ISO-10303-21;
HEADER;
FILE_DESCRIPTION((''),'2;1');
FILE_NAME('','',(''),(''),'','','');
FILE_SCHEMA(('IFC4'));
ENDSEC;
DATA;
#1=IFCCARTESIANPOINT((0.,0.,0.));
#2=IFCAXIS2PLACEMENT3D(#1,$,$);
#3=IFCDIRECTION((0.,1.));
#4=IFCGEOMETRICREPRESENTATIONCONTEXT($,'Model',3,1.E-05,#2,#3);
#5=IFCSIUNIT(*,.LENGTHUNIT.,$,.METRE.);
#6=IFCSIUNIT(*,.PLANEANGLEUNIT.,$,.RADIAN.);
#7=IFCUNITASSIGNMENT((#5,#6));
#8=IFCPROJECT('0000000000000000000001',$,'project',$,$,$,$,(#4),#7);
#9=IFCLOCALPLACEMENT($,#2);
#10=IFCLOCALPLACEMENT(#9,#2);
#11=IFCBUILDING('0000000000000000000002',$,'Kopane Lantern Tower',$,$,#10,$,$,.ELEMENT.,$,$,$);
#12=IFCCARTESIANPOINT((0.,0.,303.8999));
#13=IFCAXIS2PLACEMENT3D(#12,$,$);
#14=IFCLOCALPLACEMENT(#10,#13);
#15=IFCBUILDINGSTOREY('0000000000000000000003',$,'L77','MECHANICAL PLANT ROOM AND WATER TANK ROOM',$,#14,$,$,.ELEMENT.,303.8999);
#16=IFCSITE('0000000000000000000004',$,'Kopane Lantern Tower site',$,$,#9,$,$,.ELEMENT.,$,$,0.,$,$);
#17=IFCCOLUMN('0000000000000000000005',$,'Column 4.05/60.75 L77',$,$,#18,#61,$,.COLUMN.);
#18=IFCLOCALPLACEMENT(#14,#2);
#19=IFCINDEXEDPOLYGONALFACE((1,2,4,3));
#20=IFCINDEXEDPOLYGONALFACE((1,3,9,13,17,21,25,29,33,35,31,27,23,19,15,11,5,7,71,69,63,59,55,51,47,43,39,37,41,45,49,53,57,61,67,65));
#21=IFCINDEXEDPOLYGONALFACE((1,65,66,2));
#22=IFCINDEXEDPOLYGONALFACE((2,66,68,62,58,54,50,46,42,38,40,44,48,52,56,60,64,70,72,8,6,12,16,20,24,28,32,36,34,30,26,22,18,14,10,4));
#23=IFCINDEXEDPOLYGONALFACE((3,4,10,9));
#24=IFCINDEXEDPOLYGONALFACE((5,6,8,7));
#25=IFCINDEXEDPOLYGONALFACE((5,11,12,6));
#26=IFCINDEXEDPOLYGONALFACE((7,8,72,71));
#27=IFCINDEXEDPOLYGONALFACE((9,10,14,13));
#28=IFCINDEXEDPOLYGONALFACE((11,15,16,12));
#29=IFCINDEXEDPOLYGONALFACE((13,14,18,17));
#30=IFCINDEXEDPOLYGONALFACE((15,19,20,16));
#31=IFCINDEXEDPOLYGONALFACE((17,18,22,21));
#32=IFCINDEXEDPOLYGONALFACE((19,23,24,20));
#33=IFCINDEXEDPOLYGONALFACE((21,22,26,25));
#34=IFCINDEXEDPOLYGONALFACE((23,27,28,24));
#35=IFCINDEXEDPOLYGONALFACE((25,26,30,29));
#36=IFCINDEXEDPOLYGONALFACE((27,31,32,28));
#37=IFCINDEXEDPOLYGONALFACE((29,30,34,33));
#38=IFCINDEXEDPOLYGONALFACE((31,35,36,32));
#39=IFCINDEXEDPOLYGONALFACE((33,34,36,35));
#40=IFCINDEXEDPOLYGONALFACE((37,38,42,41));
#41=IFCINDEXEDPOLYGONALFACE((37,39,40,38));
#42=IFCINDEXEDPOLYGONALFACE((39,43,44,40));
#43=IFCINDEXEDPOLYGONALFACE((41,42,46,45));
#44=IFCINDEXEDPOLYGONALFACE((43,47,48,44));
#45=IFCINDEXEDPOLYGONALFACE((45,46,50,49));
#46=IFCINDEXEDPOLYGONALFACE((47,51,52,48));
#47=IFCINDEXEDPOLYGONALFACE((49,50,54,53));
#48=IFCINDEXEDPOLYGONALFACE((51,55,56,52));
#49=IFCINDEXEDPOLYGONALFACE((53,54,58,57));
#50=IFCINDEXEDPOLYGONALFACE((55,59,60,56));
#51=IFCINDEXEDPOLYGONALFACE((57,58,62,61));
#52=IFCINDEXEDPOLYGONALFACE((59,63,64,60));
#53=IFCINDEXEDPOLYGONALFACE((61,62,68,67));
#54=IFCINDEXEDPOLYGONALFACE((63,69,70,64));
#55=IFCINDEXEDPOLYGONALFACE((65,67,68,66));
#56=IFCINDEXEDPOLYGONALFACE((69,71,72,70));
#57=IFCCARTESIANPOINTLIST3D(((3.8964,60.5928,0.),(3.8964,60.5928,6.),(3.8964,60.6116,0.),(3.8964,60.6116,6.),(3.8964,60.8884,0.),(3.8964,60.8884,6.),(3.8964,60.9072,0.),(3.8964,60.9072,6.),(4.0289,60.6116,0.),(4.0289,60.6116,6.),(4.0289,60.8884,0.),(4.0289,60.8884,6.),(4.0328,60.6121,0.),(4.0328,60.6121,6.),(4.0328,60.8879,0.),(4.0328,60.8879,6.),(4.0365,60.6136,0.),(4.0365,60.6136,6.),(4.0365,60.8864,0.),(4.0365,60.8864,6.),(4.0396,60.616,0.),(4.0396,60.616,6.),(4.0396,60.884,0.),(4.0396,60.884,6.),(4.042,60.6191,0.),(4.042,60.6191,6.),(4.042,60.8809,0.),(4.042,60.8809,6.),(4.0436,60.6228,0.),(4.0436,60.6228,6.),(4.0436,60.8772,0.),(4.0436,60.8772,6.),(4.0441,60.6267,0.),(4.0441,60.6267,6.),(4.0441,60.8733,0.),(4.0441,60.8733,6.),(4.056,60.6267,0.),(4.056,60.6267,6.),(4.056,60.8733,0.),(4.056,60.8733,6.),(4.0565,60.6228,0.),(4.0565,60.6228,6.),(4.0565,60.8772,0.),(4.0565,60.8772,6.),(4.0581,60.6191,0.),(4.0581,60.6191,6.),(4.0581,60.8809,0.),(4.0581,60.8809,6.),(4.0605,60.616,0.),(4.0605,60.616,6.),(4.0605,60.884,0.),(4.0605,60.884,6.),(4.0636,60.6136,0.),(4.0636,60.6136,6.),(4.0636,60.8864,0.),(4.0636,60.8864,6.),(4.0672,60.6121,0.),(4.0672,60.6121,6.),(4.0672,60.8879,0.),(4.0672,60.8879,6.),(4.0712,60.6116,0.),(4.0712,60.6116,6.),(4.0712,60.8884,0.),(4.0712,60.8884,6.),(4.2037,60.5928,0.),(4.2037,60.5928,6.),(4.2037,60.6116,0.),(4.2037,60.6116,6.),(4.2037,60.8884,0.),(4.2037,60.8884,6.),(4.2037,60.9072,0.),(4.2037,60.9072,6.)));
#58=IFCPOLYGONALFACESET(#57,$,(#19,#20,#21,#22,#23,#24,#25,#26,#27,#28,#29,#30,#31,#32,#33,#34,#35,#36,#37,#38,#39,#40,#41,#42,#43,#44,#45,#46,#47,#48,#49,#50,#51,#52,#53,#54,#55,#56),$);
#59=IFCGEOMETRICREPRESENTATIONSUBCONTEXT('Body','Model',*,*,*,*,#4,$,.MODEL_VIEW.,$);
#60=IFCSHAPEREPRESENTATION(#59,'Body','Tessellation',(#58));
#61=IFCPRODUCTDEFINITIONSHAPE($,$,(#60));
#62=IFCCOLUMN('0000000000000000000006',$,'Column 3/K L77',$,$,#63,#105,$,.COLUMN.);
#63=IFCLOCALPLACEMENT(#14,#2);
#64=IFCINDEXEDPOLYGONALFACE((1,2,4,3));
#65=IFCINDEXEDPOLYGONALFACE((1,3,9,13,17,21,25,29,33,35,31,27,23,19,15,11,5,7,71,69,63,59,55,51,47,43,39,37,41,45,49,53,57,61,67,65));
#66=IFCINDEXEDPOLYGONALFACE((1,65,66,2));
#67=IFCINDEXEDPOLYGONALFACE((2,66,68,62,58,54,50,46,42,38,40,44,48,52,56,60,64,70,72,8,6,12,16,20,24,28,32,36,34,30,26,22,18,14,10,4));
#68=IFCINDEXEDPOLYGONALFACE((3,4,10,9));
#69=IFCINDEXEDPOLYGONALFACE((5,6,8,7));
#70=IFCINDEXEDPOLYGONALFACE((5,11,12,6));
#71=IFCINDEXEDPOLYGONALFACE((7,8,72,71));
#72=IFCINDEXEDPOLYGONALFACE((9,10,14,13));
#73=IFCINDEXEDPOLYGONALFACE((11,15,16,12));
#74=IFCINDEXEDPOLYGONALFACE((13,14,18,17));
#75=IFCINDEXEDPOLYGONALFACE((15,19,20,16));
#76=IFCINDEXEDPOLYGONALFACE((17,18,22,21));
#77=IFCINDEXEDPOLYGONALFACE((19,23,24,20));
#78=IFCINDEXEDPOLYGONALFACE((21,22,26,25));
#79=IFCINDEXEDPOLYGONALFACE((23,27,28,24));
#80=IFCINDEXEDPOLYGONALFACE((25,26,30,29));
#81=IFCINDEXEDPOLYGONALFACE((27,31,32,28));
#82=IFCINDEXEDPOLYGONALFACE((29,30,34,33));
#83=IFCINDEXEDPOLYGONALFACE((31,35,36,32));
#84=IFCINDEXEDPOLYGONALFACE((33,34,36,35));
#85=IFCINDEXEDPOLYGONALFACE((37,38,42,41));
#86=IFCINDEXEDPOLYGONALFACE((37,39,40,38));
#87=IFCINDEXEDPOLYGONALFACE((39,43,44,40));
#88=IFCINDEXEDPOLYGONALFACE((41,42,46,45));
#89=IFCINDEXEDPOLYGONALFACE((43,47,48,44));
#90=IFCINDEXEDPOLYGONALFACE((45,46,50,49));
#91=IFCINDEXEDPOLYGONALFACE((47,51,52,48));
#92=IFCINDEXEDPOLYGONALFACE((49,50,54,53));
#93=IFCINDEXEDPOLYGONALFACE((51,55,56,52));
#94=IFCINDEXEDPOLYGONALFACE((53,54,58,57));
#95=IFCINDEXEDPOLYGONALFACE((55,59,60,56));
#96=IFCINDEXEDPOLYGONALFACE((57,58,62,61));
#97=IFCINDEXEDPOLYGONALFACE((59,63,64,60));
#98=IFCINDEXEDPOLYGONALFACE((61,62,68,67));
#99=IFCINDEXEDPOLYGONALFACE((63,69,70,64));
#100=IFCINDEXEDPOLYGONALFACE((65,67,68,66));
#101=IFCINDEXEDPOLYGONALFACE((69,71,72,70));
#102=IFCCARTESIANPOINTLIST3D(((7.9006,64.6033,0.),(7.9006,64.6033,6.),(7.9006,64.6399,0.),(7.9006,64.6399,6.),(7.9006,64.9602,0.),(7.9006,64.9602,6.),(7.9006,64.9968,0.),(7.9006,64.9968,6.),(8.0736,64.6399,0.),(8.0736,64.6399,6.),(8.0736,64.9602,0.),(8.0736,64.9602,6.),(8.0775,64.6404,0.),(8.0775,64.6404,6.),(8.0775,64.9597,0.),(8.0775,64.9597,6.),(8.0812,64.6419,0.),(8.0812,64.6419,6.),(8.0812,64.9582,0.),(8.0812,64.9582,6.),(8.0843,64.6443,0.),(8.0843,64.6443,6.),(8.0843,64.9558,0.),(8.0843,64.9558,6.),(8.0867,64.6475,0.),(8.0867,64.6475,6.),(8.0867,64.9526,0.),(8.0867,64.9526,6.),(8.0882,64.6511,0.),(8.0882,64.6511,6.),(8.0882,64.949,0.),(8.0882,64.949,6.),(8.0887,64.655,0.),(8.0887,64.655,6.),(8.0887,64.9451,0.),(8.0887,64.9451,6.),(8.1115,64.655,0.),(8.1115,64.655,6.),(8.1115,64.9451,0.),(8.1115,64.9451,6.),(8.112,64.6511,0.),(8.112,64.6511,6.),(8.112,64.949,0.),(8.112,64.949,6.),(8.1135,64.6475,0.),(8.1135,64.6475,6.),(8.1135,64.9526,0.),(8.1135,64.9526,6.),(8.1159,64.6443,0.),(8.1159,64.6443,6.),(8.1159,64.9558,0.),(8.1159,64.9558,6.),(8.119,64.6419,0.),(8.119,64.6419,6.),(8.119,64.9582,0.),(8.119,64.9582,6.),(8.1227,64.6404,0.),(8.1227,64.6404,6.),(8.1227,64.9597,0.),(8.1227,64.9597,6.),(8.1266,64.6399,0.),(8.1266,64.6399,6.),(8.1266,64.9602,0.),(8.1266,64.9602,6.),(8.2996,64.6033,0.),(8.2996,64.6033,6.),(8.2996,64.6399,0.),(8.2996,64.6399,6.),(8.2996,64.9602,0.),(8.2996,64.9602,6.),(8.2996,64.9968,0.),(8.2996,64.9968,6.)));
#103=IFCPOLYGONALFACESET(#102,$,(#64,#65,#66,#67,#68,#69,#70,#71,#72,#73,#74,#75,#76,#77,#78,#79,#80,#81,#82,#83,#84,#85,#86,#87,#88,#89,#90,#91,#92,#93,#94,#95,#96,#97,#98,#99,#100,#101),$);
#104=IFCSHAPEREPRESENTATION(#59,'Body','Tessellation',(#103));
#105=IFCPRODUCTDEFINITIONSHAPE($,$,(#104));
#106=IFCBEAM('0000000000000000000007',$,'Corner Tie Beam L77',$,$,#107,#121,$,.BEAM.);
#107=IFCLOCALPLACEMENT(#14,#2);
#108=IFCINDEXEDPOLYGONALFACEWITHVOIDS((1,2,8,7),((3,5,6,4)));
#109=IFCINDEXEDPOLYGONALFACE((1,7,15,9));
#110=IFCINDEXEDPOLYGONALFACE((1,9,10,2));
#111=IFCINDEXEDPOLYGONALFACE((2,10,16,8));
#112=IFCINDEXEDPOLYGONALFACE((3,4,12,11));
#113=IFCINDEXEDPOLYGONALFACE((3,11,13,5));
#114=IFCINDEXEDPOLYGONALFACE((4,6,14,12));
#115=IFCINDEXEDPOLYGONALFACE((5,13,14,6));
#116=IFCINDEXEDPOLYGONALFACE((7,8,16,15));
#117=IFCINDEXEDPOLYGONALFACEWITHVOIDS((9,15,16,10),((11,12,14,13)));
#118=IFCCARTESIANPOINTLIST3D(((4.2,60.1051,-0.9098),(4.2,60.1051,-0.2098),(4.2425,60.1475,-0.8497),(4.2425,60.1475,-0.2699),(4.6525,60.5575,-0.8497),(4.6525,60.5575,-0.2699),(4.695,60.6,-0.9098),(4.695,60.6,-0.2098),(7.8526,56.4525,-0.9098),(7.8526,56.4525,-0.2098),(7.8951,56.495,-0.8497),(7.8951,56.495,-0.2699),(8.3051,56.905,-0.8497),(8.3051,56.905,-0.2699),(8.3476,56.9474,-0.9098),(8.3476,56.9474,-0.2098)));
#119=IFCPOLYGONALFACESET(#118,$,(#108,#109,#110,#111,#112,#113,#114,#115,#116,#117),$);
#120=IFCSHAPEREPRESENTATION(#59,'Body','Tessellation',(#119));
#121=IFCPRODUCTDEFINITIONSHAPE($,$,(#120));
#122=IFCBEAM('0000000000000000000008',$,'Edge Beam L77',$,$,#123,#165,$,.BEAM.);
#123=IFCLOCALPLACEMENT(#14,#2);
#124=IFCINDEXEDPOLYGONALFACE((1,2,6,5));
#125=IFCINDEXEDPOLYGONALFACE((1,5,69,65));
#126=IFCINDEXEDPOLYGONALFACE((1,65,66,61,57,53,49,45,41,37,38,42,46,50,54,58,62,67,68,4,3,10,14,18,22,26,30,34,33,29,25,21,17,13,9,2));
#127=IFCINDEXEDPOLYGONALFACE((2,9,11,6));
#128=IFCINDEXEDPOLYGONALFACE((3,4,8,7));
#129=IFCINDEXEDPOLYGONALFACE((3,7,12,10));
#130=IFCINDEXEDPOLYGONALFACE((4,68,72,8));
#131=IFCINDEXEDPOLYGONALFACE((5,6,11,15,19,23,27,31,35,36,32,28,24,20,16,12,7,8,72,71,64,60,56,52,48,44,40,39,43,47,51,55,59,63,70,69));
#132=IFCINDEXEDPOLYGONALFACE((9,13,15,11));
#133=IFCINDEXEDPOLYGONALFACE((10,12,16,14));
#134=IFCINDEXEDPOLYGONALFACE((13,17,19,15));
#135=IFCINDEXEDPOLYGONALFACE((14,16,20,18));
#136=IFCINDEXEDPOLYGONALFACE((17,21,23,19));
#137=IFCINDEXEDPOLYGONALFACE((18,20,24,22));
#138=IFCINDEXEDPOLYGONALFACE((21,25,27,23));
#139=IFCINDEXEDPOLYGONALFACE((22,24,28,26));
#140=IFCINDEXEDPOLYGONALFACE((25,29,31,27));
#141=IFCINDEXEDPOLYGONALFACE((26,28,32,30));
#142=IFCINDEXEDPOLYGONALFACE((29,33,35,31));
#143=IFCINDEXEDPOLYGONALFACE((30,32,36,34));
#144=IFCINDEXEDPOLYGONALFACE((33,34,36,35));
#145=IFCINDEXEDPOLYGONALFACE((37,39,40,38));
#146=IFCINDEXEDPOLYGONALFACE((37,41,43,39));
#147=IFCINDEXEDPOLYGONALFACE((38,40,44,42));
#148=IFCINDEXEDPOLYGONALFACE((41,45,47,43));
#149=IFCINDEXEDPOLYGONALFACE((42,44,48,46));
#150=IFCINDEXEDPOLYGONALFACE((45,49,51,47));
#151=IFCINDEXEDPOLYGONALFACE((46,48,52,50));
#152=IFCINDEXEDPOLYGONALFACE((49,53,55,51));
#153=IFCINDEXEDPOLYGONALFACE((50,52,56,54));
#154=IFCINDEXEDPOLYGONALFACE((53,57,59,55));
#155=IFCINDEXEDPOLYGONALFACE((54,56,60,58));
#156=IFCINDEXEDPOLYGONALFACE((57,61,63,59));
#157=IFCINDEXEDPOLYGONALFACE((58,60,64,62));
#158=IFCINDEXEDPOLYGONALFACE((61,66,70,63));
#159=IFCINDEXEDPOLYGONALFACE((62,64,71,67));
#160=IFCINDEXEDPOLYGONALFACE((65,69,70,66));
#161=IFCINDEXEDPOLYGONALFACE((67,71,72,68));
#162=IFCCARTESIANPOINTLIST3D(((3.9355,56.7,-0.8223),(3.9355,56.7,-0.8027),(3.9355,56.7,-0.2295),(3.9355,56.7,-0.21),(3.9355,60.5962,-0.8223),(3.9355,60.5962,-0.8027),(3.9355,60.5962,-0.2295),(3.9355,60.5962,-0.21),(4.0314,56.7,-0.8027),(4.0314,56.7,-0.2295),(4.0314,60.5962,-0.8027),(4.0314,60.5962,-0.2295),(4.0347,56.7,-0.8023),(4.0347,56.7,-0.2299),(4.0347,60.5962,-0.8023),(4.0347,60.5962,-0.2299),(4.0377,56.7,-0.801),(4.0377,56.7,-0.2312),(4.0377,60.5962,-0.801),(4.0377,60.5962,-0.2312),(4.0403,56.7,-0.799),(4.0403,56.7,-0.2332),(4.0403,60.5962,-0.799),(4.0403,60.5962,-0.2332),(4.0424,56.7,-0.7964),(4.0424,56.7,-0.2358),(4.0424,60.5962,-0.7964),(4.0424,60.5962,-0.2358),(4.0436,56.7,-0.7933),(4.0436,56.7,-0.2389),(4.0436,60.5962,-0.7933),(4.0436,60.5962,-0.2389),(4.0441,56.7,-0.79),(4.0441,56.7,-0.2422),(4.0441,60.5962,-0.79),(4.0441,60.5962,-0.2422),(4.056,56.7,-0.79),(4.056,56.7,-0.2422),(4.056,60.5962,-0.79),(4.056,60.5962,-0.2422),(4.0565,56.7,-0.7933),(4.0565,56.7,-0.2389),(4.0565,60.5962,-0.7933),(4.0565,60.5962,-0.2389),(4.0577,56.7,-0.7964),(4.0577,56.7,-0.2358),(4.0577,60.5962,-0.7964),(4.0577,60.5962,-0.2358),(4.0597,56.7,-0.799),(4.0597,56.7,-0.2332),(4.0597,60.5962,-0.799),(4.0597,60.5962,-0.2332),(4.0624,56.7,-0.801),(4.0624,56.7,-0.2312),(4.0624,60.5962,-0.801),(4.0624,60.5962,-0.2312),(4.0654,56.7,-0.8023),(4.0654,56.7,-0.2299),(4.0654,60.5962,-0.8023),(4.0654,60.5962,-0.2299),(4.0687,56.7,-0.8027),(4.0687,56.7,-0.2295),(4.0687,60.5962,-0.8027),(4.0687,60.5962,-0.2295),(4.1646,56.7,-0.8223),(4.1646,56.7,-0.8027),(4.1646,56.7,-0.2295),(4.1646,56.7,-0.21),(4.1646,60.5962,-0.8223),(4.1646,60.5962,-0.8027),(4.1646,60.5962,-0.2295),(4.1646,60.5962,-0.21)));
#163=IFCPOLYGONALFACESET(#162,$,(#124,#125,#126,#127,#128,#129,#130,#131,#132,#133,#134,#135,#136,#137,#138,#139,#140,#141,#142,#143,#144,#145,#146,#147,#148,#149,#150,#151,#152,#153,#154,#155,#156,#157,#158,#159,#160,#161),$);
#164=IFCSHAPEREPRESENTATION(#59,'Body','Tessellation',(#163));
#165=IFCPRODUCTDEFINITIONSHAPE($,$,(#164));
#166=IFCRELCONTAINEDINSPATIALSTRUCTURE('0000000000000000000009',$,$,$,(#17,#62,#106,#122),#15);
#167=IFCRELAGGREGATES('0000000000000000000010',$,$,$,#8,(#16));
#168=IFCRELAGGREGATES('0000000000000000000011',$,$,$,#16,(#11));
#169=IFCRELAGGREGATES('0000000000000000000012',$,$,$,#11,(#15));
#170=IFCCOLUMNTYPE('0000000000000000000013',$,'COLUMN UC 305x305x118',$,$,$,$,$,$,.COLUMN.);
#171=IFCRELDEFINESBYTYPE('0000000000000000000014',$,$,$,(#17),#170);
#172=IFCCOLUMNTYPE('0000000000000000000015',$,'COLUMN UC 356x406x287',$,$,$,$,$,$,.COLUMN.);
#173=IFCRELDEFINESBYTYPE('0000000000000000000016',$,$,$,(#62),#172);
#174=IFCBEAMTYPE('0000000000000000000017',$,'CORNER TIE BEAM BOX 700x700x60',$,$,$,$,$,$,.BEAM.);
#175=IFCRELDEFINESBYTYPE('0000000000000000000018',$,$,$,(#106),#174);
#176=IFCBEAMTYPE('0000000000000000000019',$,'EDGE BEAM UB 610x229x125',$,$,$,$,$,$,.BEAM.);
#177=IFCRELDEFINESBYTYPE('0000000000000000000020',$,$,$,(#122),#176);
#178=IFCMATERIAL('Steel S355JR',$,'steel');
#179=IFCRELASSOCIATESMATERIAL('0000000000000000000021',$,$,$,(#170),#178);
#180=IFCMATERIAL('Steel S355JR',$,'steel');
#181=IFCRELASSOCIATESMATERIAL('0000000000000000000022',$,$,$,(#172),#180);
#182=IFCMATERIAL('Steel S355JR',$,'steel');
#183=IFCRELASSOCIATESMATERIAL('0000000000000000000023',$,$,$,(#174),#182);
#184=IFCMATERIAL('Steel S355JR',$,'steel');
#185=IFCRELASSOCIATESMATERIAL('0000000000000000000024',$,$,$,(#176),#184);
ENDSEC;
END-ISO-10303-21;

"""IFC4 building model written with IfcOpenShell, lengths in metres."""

from ifc_helpers import new_model, si_unit, direction, frame, origin, origin_2d, place, context, subcontext, project, spatial, hollow_rectangle, i_section, extrude, material, material_profile, profile_set, type_object, element, save


model = new_model("IFC4")

# Units and contexts
model_context = context("Model", 3, precision=1e-05, world=origin(), true_north=direction((0.0, 1.0)))
body_context = subcontext(model_context, "Body", "Model", "MODEL_VIEW")
ifc_project = project(units=[si_unit("LENGTHUNIT", "METRE"), si_unit("PLANEANGLEUNIT", "RADIAN")], contexts=[model_context])

# Site, building, storey
site_placement = place(None, origin())
site = spatial("IfcSite", under=ifc_project, at=site_placement, Name="Kopane Lantern Tower site", CompositionType="ELEMENT", RefElevation=0.0)
building_placement = place(site_placement, origin())
building = spatial("IfcBuilding", under=site, at=building_placement, Name="Kopane Lantern Tower", CompositionType="ELEMENT")
storey_placement = place(building_placement, frame((0.0, 0.0, 303.8999)))
storey = spatial("IfcBuildingStorey", under=building, at=storey_placement, Name="L77", Description="MECHANICAL PLANT ROOM AND WATER TANK ROOM", CompositionType="ELEMENT", Elevation=303.8999)

# Columns
ifc_material_1 = material(Name="Steel S355JR", Category="steel")
ifc_material_profile_1 = material_profile(ifc_material_1, i_section(OverallWidth=0.3074, OverallDepth=0.3145, WebThickness=0.012, FlangeThickness=0.0188, FilletRadius=0.0151, at=origin_2d()), Name="UC 305x305x118")
ifc_profile_set_1 = profile_set([ifc_material_profile_1], Name="Steel S355JR")
column_type_1 = type_object("IfcColumnType", Name="COLUMN UC 305x305x118", PredefinedType="COLUMN", material=ifc_profile_set_1)
column_1_placement = place(storey_placement, frame((4.05, 60.75, 0.0), z_axis=(0.0, 0.0, 1.0), x_axis=(1.0, 0.0, 0.0)))
element("IfcColumn", 1, at=column_1_placement, inside=storey, type_object=column_type_1, Name="Column 4.05/60.75 L77", PredefinedType="COLUMN", context=body_context, shape_type="SweptSolid", body=[
    extrude(i_section(OverallWidth=0.3074, OverallDepth=0.3145, WebThickness=0.012, FlangeThickness=0.0188, FilletRadius=0.0151, at=origin_2d()), origin(), (0.0, 0.0, 1.0), 6.0),
])
ifc_material_2 = material(Name="Steel S355JR", Category="steel")
ifc_material_profile_2 = material_profile(ifc_material_2, i_section(OverallWidth=0.3989, OverallDepth=0.3936, WebThickness=0.0227, FlangeThickness=0.0366, FilletRadius=0.0151, at=origin_2d()), Name="UC 356x406x287")
ifc_profile_set_2 = profile_set([ifc_material_profile_2], Name="Steel S355JR")
column_type_2 = type_object("IfcColumnType", Name="COLUMN UC 356x406x287", PredefinedType="COLUMN", material=ifc_profile_set_2)
column_2_placement = place(storey_placement, frame((8.1001, 64.8, 0.0), z_axis=(0.0, 0.0, 1.0), x_axis=(1.0, 0.0, 0.0)))
element("IfcColumn", 2, at=column_2_placement, inside=storey, type_object=column_type_2, Name="Column 3/K L77", PredefinedType="COLUMN", context=body_context, shape_type="SweptSolid", body=[
    extrude(i_section(OverallWidth=0.3989, OverallDepth=0.3936, WebThickness=0.0227, FlangeThickness=0.0366, FilletRadius=0.0151, at=origin_2d()), origin(), (0.0, 0.0, 1.0), 6.0),
])

# Beams
ifc_material_3 = material(Name="Steel S355JR", Category="steel")
ifc_material_profile_3 = material_profile(ifc_material_3, hollow_rectangle(XDim=0.7, YDim=0.7, WallThickness=0.0601, at=origin_2d()), Name="BOX 700x700x60")
ifc_profile_set_3 = profile_set([ifc_material_profile_3], Name="Steel S355JR")
beam_type_1 = type_object("IfcBeamType", Name="CORNER TIE BEAM BOX 700x700x60", PredefinedType="BEAM", material=ifc_profile_set_3)
beam_1_placement = place(storey_placement, frame((4.4475, 60.3525, -0.5598), z_axis=(0.707107, -0.707107, 0.0), x_axis=(0.707107, 0.707107, 0.0)))
element("IfcBeam", 3, at=beam_1_placement, inside=storey, type_object=beam_type_1, Name="Corner Tie Beam L77", PredefinedType="BEAM", context=body_context, shape_type="SweptSolid", body=[
    extrude(hollow_rectangle(XDim=0.7, YDim=0.7, WallThickness=0.0601, at=origin_2d()), origin(), (0.0, 0.0, 1.0), 5.1655),
])
ifc_material_4 = material(Name="Steel S355JR", Category="steel")
ifc_material_profile_4 = material_profile(ifc_material_4, i_section(OverallWidth=0.229, OverallDepth=0.6123, WebThickness=0.012, FlangeThickness=0.0195, FilletRadius=0.0127, at=origin_2d()), Name="UB 610x229x125")
ifc_profile_set_4 = profile_set([ifc_material_profile_4], Name="Steel S355JR")
beam_type_2 = type_object("IfcBeamType", Name="EDGE BEAM UB 610x229x125", PredefinedType="BEAM", material=ifc_profile_set_4)
beam_2_placement = place(storey_placement, frame((4.05, 60.5962, -0.5161), z_axis=(0.0, -1.0, 0.0), x_axis=(1.0, 0.0, 0.0)))
element("IfcBeam", 4, at=beam_2_placement, inside=storey, type_object=beam_type_2, Name="Edge Beam L77", PredefinedType="BEAM", context=body_context, shape_type="SweptSolid", body=[
    extrude(i_section(OverallWidth=0.229, OverallDepth=0.6123, WebThickness=0.012, FlangeThickness=0.0195, FilletRadius=0.0127, at=origin_2d()), origin(), (0.0, 0.0, 1.0), 3.8962),
])

save(model, "model.ifc")
